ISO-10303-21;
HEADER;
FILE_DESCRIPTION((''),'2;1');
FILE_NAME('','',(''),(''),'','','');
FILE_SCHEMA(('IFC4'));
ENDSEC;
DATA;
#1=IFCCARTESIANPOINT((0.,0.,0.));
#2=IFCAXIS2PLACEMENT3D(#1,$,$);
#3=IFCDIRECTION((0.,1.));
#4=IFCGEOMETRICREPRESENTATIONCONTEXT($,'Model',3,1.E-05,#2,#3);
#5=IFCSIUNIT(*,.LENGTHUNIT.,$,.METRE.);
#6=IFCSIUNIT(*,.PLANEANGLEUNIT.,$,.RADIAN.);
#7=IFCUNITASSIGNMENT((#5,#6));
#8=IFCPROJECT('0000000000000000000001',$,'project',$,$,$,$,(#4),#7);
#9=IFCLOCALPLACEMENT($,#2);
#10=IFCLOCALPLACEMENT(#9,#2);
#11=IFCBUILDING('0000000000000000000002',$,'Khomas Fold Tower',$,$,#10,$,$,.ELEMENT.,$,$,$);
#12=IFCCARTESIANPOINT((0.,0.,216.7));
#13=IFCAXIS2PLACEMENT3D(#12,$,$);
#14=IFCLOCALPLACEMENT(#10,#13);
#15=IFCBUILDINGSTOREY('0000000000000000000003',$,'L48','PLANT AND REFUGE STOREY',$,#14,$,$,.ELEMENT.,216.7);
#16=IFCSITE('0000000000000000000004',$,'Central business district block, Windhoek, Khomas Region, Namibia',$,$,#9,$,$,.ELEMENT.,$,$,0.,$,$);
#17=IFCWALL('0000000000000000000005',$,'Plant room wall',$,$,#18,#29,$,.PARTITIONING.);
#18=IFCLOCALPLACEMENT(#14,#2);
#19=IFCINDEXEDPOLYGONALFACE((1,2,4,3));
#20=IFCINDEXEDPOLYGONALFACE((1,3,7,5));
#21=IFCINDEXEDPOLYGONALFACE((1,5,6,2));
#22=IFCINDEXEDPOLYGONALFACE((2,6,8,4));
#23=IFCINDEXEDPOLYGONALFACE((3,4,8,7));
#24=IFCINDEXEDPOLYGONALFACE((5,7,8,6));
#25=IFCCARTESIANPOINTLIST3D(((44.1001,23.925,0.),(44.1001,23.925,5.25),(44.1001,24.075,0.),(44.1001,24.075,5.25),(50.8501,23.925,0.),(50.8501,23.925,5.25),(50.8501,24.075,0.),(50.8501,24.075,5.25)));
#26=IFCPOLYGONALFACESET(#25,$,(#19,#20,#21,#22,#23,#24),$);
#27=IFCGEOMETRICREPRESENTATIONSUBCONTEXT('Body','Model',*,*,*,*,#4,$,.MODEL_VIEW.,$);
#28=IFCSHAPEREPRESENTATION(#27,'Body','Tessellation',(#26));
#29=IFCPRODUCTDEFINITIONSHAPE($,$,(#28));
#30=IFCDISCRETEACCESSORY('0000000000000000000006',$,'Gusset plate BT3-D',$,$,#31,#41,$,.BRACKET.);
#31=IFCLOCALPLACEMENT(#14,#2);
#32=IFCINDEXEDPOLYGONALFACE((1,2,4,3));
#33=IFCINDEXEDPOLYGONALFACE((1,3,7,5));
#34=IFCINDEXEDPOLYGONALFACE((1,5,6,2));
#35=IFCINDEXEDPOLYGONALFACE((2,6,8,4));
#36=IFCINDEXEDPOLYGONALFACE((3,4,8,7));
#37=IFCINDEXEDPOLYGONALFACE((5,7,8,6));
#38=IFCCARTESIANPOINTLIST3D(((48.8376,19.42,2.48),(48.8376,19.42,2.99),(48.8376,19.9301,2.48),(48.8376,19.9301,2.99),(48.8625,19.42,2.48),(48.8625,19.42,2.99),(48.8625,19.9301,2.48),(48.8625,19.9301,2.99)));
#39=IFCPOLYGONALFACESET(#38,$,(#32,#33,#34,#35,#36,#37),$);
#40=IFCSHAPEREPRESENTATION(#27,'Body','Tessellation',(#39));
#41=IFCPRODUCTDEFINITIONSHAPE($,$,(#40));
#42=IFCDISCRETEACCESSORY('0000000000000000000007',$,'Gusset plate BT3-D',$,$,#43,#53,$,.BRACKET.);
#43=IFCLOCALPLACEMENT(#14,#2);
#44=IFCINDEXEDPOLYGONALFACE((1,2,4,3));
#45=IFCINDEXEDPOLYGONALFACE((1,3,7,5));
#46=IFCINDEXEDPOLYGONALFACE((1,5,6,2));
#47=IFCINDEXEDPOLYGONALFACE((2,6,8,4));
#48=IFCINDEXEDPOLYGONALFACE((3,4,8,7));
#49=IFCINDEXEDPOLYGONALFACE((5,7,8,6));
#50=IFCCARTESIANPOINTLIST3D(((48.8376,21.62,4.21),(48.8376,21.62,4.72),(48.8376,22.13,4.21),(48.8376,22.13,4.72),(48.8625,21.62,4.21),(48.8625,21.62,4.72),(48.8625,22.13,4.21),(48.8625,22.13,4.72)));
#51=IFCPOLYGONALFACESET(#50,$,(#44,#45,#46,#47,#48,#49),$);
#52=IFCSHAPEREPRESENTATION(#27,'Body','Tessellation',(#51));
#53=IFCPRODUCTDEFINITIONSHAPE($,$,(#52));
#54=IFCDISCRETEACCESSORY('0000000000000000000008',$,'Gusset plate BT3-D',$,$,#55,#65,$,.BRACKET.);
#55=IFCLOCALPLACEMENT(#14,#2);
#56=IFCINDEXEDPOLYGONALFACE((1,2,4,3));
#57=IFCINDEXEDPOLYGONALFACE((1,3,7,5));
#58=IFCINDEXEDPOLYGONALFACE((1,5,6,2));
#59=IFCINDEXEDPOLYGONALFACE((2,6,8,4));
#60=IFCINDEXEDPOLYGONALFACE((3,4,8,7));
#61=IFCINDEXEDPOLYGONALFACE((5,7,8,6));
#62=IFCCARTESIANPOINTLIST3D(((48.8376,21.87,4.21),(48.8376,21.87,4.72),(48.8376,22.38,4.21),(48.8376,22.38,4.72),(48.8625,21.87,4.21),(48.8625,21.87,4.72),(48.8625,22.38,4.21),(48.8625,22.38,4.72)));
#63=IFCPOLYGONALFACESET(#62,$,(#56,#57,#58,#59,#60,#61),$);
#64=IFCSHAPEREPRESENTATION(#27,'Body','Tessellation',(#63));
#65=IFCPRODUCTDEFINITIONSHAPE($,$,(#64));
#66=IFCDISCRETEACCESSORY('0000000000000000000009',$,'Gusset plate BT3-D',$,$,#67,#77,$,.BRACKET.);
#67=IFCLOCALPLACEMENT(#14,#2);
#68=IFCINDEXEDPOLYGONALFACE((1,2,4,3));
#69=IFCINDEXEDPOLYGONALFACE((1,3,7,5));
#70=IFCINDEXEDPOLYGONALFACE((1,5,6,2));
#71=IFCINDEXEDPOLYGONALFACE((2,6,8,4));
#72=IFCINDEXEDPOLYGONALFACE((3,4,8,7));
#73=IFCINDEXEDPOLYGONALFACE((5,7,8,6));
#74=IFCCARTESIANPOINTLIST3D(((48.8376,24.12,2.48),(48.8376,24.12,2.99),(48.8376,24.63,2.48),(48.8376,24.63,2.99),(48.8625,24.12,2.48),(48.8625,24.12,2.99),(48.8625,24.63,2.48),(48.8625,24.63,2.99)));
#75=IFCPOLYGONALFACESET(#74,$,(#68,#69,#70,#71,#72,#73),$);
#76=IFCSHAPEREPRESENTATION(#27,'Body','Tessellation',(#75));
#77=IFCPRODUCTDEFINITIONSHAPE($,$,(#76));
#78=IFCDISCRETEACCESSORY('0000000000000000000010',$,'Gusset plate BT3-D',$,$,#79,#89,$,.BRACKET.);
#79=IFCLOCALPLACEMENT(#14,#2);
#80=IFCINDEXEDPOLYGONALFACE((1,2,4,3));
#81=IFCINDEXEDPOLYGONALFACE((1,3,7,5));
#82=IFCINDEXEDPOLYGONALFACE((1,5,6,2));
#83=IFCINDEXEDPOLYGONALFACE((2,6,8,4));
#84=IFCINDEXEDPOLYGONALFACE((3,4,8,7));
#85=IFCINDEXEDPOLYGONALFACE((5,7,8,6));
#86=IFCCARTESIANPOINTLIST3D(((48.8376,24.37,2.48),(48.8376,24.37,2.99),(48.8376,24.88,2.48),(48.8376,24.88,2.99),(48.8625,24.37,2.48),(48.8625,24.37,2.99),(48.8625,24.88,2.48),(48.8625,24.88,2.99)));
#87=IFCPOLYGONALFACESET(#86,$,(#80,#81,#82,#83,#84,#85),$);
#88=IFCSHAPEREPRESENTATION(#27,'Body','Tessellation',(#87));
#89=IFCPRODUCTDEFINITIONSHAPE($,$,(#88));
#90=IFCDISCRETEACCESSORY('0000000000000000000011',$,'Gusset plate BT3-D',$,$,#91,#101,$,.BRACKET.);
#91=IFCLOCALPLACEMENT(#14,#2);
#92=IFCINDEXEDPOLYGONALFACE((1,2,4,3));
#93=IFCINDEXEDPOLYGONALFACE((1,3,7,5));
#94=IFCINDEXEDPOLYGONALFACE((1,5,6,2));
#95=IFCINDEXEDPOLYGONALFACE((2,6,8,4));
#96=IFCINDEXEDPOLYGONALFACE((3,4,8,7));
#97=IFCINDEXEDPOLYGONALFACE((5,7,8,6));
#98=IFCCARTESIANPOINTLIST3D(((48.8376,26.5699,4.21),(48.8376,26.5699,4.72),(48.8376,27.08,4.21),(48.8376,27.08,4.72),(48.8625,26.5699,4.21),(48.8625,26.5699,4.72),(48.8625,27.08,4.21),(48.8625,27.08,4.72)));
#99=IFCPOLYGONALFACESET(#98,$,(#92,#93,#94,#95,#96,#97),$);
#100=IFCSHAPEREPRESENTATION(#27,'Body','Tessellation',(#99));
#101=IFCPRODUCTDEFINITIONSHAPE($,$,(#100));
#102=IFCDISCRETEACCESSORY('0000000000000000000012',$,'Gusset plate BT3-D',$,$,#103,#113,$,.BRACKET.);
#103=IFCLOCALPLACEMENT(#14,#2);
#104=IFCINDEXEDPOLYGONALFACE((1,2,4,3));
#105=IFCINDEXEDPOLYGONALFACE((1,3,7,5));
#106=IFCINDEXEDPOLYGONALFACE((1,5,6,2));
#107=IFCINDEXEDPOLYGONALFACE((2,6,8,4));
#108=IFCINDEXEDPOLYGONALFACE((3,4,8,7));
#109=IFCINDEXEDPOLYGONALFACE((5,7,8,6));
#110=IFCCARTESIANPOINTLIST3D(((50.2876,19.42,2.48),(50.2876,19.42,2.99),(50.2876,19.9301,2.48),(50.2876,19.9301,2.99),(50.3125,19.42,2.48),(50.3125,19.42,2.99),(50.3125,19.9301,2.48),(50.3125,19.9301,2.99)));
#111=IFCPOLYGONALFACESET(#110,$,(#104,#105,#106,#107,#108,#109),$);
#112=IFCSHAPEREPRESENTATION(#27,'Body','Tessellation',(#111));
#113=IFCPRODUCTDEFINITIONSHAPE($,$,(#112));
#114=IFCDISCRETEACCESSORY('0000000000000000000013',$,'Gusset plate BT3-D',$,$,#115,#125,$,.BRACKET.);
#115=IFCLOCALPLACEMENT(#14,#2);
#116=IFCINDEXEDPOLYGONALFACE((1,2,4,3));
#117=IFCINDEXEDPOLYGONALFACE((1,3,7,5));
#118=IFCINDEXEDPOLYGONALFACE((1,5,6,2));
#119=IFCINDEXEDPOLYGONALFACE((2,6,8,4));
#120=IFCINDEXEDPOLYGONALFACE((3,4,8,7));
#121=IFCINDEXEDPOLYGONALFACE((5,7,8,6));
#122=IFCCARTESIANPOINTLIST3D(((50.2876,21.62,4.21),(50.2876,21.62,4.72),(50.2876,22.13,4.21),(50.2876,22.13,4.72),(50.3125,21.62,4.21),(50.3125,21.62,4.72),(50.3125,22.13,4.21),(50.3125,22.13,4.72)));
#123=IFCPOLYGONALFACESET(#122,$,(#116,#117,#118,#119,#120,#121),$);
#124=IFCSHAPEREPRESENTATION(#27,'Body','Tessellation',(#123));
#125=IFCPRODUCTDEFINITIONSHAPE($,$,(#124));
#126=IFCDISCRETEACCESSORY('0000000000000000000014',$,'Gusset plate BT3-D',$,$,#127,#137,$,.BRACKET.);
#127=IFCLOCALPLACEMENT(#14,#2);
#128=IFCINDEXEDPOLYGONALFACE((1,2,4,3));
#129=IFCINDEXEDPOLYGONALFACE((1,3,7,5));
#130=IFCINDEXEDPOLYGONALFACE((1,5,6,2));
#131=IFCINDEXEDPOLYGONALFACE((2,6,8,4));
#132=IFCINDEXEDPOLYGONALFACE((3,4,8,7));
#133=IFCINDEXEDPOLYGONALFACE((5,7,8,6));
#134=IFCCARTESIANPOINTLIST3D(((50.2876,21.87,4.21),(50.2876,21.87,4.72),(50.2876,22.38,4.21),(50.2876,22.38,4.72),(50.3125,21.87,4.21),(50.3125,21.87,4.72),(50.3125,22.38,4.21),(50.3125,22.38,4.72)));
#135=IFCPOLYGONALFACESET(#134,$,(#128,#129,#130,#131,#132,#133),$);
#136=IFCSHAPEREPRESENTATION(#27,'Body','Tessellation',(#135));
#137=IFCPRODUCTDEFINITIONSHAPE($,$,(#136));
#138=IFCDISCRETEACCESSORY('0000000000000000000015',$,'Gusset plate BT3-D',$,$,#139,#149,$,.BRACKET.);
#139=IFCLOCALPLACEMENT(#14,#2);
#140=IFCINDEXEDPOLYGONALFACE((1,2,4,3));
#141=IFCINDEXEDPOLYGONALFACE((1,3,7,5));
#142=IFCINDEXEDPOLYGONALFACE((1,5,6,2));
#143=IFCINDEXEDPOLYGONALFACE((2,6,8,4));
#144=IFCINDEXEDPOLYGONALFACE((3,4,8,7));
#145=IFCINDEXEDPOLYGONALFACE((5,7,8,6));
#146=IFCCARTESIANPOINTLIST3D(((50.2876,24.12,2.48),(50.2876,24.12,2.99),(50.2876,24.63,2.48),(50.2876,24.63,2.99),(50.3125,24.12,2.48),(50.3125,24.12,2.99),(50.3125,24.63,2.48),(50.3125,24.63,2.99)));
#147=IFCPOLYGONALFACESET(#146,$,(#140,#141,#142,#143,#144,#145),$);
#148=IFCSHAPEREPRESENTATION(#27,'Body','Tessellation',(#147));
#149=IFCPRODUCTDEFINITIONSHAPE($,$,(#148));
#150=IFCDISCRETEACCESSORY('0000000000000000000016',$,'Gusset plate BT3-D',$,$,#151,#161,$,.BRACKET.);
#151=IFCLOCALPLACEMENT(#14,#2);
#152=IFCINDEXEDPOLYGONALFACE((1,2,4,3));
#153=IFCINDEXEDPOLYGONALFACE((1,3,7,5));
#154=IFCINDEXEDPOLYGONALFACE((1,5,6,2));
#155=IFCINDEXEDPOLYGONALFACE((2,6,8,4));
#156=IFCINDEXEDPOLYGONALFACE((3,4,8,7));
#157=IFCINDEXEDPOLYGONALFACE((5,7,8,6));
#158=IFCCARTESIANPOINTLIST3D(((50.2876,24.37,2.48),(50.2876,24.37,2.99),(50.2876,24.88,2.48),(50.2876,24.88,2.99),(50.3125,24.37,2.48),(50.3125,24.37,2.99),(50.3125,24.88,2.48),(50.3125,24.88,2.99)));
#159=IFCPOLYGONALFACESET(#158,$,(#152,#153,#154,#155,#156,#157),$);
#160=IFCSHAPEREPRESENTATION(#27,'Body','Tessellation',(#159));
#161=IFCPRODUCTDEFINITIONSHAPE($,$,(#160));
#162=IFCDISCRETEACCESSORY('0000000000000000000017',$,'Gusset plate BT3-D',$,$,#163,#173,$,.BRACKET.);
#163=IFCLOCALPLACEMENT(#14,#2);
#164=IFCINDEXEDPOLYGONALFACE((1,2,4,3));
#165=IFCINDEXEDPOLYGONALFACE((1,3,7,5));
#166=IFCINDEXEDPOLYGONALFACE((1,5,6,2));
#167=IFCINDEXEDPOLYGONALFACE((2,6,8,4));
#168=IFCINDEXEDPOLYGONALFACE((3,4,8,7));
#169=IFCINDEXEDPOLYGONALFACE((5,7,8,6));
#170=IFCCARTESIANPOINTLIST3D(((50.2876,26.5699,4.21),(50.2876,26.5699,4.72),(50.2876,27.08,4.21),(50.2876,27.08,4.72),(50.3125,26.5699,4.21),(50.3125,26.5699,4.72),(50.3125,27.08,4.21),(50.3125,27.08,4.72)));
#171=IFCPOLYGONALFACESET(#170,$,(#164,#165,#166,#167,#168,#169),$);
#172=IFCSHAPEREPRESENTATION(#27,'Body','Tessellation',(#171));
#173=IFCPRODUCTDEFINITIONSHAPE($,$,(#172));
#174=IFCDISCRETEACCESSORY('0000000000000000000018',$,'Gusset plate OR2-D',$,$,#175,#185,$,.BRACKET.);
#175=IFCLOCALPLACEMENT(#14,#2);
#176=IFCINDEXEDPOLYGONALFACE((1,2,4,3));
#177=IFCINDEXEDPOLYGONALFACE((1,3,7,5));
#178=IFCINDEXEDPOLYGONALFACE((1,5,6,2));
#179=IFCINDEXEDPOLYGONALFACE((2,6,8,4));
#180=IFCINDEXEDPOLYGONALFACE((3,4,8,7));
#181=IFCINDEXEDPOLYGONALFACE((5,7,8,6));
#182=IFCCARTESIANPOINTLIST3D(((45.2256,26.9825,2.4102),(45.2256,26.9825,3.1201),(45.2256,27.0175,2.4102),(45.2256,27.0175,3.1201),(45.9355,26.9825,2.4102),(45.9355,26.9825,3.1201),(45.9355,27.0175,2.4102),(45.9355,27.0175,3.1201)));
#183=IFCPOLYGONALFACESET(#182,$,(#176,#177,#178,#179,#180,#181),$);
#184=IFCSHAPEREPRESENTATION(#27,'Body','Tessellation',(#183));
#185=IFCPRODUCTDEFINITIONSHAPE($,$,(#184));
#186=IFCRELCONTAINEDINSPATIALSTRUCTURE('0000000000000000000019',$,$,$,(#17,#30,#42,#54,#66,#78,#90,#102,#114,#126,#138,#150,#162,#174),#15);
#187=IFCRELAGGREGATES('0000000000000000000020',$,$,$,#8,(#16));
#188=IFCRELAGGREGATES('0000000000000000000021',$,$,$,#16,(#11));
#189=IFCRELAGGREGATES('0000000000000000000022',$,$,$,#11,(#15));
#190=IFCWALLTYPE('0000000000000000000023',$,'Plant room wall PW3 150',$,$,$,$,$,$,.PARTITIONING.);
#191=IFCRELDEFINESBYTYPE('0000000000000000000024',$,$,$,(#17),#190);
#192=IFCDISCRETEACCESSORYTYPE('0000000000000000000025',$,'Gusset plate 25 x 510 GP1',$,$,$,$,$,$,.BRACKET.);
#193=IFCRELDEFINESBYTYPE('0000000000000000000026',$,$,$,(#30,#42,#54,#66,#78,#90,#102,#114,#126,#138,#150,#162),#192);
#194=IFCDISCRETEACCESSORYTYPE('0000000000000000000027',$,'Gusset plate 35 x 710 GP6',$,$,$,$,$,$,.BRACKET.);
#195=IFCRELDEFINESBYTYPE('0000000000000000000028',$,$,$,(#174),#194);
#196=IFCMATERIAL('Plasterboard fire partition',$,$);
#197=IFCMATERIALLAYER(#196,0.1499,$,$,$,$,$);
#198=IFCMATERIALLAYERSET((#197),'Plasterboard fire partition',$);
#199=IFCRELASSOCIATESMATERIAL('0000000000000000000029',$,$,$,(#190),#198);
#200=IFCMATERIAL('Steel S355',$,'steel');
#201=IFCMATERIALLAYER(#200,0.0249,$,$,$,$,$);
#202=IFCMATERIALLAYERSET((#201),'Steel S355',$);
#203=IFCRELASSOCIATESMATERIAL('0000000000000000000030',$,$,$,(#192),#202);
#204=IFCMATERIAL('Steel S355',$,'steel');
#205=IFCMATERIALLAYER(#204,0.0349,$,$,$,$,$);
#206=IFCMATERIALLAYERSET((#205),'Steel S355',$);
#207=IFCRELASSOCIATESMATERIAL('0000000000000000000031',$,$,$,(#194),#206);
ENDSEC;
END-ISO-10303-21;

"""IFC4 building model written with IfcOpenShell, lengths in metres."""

from ifc_helpers import new_model, si_unit, direction, frame, frame_2d, origin, origin_2d, place, context, subcontext, project, spatial, rectangle, extrude, source, transform, mapped, material, layer, layer_set, type_object, element, save


model = new_model("IFC4")

# Units and contexts
model_context = context("Model", 3, precision=1e-05, world=origin(), true_north=direction((0.0, 1.0)))
body_context = subcontext(model_context, "Body", "Model", "MODEL_VIEW")
ifc_project = project(units=[si_unit("LENGTHUNIT", "METRE"), si_unit("PLANEANGLEUNIT", "RADIAN")], contexts=[model_context])

# Site, building, storey
site_placement = place(None, origin())
site = spatial("IfcSite", under=ifc_project, at=site_placement, Name="Central business district block, Windhoek, Khomas Region, Namibia", CompositionType="ELEMENT", RefElevation=0.0)
building_placement = place(site_placement, origin())
building = spatial("IfcBuilding", under=site, at=building_placement, Name="Khomas Fold Tower", CompositionType="ELEMENT")
storey_placement = place(building_placement, frame((0.0, 0.0, 216.7)))
storey = spatial("IfcBuildingStorey", under=building, at=storey_placement, Name="L48", Description="PLANT AND REFUGE STOREY", CompositionType="ELEMENT", Elevation=216.7)

# Wall
ifc_material_1 = material(Name="Plasterboard fire partition")
ifc_layer_1 = layer(ifc_material_1, 0.1499)
ifc_layer_set_1 = layer_set([ifc_layer_1], Name="Plasterboard fire partition")
wall_type = type_object("IfcWallType", Name="Plant room wall PW3 150", PredefinedType="PARTITIONING", material=ifc_layer_set_1)
shared_shape_1 = source(origin(), body_context, "Body", "SweptSolid", [
    extrude(rectangle(XDim=6.75, YDim=0.1499, at=frame_2d((3.375, 0.0))), origin(), (0.0, 0.0, 1.0), 5.25),
])
wall_placement = place(storey_placement, frame((44.1001, 24.0, 0.0), z_axis=(0.0, 0.0, 1.0), x_axis=(1.0, 0.0, 0.0)))
element("IfcWall", 1, at=wall_placement, inside=storey, type_object=wall_type, Name="Plant room wall", PredefinedType="PARTITIONING", context=body_context, shape_type="MappedRepresentation", body=[
    mapped(shared_shape_1, transform((0.0, 0.0, 0.0))),
])

# Discrete accessories
ifc_material_2 = material(Name="Steel S355", Category="steel")
ifc_layer_2 = layer(ifc_material_2, 0.0249)
ifc_layer_set_2 = layer_set([ifc_layer_2], Name="Steel S355")
discrete_accessory_type_1 = type_object("IfcDiscreteAccessoryType", Name="Gusset plate 25 x 510 GP1", PredefinedType="BRACKET", material=ifc_layer_set_2)
shared_shape_2 = source(origin(), body_context, "Body", "SweptSolid", [
    extrude(rectangle(XDim=0.51, YDim=0.0249, at=origin_2d()), origin(), (0.0, 0.0, 1.0), 0.51),
])
for number, where, z_axis, x_axis, name in (
    (2, (48.8501, 19.675, 2.48), (0.0, 0.0, 1.0), (0.0, 1.0, 0.0), "Gusset plate BT3-D"),
    (3, (48.8501, 21.875, 4.21), (0.0, 0.0, 1.0), (0.0, 1.0, 0.0), "Gusset plate BT3-D"),
    (4, (48.8501, 22.125, 4.21), (0.0, 0.0, 1.0), (0.0, 1.0, 0.0), "Gusset plate BT3-D"),
    (5, (48.8501, 24.375, 2.48), (0.0, 0.0, 1.0), (0.0, 1.0, 0.0), "Gusset plate BT3-D"),
    (6, (48.8501, 24.625, 2.48), (0.0, 0.0, 1.0), (0.0, 1.0, 0.0), "Gusset plate BT3-D"),
    (7, (48.8501, 26.825, 4.21), (0.0, 0.0, 1.0), (0.0, 1.0, 0.0), "Gusset plate BT3-D"),
    (8, (50.3, 19.675, 2.48), (0.0, 0.0, 1.0), (0.0, 1.0, 0.0), "Gusset plate BT3-D"),
    (9, (50.3, 21.875, 4.21), (0.0, 0.0, 1.0), (0.0, 1.0, 0.0), "Gusset plate BT3-D"),
    (10, (50.3, 22.125, 4.21), (0.0, 0.0, 1.0), (0.0, 1.0, 0.0), "Gusset plate BT3-D"),
    (11, (50.3, 24.375, 2.48), (0.0, 0.0, 1.0), (0.0, 1.0, 0.0), "Gusset plate BT3-D"),
    (12, (50.3, 24.625, 2.48), (0.0, 0.0, 1.0), (0.0, 1.0, 0.0), "Gusset plate BT3-D"),
    (13, (50.3, 26.825, 4.21), (0.0, 0.0, 1.0), (0.0, 1.0, 0.0), "Gusset plate BT3-D"),
):
    element("IfcDiscreteAccessory", number, at=place(storey_placement, frame(where, z_axis=z_axis, x_axis=x_axis)), inside=storey, type_object=discrete_accessory_type_1, Name=name, PredefinedType="BRACKET", context=body_context, shape_type="MappedRepresentation", body=[
        mapped(shared_shape_2, transform((0.0, 0.0, 0.0))),
    ])
ifc_material_3 = material(Name="Steel S355", Category="steel")
ifc_layer_3 = layer(ifc_material_3, 0.0349)
ifc_layer_set_3 = layer_set([ifc_layer_3], Name="Steel S355")
discrete_accessory_type_2 = type_object("IfcDiscreteAccessoryType", Name="Gusset plate 35 x 710 GP6", PredefinedType="BRACKET", material=ifc_layer_set_3)
shared_shape_3 = source(origin(), body_context, "Body", "SweptSolid", [
    extrude(rectangle(XDim=0.71, YDim=0.0349, at=origin_2d()), origin(), (0.0, 0.0, 1.0), 0.71),
])
discrete_accessory_placement = place(storey_placement, frame((45.5806, 27.0, 2.4102), z_axis=(0.0, 0.0, 1.0), x_axis=(1.0, 0.0, 0.0)))
element("IfcDiscreteAccessory", 14, at=discrete_accessory_placement, inside=storey, type_object=discrete_accessory_type_2, Name="Gusset plate OR2-D", PredefinedType="BRACKET", context=body_context, shape_type="MappedRepresentation", body=[
    mapped(shared_shape_3, transform((0.0, 0.0, 0.0))),
])

save(model, "model.ifc")
